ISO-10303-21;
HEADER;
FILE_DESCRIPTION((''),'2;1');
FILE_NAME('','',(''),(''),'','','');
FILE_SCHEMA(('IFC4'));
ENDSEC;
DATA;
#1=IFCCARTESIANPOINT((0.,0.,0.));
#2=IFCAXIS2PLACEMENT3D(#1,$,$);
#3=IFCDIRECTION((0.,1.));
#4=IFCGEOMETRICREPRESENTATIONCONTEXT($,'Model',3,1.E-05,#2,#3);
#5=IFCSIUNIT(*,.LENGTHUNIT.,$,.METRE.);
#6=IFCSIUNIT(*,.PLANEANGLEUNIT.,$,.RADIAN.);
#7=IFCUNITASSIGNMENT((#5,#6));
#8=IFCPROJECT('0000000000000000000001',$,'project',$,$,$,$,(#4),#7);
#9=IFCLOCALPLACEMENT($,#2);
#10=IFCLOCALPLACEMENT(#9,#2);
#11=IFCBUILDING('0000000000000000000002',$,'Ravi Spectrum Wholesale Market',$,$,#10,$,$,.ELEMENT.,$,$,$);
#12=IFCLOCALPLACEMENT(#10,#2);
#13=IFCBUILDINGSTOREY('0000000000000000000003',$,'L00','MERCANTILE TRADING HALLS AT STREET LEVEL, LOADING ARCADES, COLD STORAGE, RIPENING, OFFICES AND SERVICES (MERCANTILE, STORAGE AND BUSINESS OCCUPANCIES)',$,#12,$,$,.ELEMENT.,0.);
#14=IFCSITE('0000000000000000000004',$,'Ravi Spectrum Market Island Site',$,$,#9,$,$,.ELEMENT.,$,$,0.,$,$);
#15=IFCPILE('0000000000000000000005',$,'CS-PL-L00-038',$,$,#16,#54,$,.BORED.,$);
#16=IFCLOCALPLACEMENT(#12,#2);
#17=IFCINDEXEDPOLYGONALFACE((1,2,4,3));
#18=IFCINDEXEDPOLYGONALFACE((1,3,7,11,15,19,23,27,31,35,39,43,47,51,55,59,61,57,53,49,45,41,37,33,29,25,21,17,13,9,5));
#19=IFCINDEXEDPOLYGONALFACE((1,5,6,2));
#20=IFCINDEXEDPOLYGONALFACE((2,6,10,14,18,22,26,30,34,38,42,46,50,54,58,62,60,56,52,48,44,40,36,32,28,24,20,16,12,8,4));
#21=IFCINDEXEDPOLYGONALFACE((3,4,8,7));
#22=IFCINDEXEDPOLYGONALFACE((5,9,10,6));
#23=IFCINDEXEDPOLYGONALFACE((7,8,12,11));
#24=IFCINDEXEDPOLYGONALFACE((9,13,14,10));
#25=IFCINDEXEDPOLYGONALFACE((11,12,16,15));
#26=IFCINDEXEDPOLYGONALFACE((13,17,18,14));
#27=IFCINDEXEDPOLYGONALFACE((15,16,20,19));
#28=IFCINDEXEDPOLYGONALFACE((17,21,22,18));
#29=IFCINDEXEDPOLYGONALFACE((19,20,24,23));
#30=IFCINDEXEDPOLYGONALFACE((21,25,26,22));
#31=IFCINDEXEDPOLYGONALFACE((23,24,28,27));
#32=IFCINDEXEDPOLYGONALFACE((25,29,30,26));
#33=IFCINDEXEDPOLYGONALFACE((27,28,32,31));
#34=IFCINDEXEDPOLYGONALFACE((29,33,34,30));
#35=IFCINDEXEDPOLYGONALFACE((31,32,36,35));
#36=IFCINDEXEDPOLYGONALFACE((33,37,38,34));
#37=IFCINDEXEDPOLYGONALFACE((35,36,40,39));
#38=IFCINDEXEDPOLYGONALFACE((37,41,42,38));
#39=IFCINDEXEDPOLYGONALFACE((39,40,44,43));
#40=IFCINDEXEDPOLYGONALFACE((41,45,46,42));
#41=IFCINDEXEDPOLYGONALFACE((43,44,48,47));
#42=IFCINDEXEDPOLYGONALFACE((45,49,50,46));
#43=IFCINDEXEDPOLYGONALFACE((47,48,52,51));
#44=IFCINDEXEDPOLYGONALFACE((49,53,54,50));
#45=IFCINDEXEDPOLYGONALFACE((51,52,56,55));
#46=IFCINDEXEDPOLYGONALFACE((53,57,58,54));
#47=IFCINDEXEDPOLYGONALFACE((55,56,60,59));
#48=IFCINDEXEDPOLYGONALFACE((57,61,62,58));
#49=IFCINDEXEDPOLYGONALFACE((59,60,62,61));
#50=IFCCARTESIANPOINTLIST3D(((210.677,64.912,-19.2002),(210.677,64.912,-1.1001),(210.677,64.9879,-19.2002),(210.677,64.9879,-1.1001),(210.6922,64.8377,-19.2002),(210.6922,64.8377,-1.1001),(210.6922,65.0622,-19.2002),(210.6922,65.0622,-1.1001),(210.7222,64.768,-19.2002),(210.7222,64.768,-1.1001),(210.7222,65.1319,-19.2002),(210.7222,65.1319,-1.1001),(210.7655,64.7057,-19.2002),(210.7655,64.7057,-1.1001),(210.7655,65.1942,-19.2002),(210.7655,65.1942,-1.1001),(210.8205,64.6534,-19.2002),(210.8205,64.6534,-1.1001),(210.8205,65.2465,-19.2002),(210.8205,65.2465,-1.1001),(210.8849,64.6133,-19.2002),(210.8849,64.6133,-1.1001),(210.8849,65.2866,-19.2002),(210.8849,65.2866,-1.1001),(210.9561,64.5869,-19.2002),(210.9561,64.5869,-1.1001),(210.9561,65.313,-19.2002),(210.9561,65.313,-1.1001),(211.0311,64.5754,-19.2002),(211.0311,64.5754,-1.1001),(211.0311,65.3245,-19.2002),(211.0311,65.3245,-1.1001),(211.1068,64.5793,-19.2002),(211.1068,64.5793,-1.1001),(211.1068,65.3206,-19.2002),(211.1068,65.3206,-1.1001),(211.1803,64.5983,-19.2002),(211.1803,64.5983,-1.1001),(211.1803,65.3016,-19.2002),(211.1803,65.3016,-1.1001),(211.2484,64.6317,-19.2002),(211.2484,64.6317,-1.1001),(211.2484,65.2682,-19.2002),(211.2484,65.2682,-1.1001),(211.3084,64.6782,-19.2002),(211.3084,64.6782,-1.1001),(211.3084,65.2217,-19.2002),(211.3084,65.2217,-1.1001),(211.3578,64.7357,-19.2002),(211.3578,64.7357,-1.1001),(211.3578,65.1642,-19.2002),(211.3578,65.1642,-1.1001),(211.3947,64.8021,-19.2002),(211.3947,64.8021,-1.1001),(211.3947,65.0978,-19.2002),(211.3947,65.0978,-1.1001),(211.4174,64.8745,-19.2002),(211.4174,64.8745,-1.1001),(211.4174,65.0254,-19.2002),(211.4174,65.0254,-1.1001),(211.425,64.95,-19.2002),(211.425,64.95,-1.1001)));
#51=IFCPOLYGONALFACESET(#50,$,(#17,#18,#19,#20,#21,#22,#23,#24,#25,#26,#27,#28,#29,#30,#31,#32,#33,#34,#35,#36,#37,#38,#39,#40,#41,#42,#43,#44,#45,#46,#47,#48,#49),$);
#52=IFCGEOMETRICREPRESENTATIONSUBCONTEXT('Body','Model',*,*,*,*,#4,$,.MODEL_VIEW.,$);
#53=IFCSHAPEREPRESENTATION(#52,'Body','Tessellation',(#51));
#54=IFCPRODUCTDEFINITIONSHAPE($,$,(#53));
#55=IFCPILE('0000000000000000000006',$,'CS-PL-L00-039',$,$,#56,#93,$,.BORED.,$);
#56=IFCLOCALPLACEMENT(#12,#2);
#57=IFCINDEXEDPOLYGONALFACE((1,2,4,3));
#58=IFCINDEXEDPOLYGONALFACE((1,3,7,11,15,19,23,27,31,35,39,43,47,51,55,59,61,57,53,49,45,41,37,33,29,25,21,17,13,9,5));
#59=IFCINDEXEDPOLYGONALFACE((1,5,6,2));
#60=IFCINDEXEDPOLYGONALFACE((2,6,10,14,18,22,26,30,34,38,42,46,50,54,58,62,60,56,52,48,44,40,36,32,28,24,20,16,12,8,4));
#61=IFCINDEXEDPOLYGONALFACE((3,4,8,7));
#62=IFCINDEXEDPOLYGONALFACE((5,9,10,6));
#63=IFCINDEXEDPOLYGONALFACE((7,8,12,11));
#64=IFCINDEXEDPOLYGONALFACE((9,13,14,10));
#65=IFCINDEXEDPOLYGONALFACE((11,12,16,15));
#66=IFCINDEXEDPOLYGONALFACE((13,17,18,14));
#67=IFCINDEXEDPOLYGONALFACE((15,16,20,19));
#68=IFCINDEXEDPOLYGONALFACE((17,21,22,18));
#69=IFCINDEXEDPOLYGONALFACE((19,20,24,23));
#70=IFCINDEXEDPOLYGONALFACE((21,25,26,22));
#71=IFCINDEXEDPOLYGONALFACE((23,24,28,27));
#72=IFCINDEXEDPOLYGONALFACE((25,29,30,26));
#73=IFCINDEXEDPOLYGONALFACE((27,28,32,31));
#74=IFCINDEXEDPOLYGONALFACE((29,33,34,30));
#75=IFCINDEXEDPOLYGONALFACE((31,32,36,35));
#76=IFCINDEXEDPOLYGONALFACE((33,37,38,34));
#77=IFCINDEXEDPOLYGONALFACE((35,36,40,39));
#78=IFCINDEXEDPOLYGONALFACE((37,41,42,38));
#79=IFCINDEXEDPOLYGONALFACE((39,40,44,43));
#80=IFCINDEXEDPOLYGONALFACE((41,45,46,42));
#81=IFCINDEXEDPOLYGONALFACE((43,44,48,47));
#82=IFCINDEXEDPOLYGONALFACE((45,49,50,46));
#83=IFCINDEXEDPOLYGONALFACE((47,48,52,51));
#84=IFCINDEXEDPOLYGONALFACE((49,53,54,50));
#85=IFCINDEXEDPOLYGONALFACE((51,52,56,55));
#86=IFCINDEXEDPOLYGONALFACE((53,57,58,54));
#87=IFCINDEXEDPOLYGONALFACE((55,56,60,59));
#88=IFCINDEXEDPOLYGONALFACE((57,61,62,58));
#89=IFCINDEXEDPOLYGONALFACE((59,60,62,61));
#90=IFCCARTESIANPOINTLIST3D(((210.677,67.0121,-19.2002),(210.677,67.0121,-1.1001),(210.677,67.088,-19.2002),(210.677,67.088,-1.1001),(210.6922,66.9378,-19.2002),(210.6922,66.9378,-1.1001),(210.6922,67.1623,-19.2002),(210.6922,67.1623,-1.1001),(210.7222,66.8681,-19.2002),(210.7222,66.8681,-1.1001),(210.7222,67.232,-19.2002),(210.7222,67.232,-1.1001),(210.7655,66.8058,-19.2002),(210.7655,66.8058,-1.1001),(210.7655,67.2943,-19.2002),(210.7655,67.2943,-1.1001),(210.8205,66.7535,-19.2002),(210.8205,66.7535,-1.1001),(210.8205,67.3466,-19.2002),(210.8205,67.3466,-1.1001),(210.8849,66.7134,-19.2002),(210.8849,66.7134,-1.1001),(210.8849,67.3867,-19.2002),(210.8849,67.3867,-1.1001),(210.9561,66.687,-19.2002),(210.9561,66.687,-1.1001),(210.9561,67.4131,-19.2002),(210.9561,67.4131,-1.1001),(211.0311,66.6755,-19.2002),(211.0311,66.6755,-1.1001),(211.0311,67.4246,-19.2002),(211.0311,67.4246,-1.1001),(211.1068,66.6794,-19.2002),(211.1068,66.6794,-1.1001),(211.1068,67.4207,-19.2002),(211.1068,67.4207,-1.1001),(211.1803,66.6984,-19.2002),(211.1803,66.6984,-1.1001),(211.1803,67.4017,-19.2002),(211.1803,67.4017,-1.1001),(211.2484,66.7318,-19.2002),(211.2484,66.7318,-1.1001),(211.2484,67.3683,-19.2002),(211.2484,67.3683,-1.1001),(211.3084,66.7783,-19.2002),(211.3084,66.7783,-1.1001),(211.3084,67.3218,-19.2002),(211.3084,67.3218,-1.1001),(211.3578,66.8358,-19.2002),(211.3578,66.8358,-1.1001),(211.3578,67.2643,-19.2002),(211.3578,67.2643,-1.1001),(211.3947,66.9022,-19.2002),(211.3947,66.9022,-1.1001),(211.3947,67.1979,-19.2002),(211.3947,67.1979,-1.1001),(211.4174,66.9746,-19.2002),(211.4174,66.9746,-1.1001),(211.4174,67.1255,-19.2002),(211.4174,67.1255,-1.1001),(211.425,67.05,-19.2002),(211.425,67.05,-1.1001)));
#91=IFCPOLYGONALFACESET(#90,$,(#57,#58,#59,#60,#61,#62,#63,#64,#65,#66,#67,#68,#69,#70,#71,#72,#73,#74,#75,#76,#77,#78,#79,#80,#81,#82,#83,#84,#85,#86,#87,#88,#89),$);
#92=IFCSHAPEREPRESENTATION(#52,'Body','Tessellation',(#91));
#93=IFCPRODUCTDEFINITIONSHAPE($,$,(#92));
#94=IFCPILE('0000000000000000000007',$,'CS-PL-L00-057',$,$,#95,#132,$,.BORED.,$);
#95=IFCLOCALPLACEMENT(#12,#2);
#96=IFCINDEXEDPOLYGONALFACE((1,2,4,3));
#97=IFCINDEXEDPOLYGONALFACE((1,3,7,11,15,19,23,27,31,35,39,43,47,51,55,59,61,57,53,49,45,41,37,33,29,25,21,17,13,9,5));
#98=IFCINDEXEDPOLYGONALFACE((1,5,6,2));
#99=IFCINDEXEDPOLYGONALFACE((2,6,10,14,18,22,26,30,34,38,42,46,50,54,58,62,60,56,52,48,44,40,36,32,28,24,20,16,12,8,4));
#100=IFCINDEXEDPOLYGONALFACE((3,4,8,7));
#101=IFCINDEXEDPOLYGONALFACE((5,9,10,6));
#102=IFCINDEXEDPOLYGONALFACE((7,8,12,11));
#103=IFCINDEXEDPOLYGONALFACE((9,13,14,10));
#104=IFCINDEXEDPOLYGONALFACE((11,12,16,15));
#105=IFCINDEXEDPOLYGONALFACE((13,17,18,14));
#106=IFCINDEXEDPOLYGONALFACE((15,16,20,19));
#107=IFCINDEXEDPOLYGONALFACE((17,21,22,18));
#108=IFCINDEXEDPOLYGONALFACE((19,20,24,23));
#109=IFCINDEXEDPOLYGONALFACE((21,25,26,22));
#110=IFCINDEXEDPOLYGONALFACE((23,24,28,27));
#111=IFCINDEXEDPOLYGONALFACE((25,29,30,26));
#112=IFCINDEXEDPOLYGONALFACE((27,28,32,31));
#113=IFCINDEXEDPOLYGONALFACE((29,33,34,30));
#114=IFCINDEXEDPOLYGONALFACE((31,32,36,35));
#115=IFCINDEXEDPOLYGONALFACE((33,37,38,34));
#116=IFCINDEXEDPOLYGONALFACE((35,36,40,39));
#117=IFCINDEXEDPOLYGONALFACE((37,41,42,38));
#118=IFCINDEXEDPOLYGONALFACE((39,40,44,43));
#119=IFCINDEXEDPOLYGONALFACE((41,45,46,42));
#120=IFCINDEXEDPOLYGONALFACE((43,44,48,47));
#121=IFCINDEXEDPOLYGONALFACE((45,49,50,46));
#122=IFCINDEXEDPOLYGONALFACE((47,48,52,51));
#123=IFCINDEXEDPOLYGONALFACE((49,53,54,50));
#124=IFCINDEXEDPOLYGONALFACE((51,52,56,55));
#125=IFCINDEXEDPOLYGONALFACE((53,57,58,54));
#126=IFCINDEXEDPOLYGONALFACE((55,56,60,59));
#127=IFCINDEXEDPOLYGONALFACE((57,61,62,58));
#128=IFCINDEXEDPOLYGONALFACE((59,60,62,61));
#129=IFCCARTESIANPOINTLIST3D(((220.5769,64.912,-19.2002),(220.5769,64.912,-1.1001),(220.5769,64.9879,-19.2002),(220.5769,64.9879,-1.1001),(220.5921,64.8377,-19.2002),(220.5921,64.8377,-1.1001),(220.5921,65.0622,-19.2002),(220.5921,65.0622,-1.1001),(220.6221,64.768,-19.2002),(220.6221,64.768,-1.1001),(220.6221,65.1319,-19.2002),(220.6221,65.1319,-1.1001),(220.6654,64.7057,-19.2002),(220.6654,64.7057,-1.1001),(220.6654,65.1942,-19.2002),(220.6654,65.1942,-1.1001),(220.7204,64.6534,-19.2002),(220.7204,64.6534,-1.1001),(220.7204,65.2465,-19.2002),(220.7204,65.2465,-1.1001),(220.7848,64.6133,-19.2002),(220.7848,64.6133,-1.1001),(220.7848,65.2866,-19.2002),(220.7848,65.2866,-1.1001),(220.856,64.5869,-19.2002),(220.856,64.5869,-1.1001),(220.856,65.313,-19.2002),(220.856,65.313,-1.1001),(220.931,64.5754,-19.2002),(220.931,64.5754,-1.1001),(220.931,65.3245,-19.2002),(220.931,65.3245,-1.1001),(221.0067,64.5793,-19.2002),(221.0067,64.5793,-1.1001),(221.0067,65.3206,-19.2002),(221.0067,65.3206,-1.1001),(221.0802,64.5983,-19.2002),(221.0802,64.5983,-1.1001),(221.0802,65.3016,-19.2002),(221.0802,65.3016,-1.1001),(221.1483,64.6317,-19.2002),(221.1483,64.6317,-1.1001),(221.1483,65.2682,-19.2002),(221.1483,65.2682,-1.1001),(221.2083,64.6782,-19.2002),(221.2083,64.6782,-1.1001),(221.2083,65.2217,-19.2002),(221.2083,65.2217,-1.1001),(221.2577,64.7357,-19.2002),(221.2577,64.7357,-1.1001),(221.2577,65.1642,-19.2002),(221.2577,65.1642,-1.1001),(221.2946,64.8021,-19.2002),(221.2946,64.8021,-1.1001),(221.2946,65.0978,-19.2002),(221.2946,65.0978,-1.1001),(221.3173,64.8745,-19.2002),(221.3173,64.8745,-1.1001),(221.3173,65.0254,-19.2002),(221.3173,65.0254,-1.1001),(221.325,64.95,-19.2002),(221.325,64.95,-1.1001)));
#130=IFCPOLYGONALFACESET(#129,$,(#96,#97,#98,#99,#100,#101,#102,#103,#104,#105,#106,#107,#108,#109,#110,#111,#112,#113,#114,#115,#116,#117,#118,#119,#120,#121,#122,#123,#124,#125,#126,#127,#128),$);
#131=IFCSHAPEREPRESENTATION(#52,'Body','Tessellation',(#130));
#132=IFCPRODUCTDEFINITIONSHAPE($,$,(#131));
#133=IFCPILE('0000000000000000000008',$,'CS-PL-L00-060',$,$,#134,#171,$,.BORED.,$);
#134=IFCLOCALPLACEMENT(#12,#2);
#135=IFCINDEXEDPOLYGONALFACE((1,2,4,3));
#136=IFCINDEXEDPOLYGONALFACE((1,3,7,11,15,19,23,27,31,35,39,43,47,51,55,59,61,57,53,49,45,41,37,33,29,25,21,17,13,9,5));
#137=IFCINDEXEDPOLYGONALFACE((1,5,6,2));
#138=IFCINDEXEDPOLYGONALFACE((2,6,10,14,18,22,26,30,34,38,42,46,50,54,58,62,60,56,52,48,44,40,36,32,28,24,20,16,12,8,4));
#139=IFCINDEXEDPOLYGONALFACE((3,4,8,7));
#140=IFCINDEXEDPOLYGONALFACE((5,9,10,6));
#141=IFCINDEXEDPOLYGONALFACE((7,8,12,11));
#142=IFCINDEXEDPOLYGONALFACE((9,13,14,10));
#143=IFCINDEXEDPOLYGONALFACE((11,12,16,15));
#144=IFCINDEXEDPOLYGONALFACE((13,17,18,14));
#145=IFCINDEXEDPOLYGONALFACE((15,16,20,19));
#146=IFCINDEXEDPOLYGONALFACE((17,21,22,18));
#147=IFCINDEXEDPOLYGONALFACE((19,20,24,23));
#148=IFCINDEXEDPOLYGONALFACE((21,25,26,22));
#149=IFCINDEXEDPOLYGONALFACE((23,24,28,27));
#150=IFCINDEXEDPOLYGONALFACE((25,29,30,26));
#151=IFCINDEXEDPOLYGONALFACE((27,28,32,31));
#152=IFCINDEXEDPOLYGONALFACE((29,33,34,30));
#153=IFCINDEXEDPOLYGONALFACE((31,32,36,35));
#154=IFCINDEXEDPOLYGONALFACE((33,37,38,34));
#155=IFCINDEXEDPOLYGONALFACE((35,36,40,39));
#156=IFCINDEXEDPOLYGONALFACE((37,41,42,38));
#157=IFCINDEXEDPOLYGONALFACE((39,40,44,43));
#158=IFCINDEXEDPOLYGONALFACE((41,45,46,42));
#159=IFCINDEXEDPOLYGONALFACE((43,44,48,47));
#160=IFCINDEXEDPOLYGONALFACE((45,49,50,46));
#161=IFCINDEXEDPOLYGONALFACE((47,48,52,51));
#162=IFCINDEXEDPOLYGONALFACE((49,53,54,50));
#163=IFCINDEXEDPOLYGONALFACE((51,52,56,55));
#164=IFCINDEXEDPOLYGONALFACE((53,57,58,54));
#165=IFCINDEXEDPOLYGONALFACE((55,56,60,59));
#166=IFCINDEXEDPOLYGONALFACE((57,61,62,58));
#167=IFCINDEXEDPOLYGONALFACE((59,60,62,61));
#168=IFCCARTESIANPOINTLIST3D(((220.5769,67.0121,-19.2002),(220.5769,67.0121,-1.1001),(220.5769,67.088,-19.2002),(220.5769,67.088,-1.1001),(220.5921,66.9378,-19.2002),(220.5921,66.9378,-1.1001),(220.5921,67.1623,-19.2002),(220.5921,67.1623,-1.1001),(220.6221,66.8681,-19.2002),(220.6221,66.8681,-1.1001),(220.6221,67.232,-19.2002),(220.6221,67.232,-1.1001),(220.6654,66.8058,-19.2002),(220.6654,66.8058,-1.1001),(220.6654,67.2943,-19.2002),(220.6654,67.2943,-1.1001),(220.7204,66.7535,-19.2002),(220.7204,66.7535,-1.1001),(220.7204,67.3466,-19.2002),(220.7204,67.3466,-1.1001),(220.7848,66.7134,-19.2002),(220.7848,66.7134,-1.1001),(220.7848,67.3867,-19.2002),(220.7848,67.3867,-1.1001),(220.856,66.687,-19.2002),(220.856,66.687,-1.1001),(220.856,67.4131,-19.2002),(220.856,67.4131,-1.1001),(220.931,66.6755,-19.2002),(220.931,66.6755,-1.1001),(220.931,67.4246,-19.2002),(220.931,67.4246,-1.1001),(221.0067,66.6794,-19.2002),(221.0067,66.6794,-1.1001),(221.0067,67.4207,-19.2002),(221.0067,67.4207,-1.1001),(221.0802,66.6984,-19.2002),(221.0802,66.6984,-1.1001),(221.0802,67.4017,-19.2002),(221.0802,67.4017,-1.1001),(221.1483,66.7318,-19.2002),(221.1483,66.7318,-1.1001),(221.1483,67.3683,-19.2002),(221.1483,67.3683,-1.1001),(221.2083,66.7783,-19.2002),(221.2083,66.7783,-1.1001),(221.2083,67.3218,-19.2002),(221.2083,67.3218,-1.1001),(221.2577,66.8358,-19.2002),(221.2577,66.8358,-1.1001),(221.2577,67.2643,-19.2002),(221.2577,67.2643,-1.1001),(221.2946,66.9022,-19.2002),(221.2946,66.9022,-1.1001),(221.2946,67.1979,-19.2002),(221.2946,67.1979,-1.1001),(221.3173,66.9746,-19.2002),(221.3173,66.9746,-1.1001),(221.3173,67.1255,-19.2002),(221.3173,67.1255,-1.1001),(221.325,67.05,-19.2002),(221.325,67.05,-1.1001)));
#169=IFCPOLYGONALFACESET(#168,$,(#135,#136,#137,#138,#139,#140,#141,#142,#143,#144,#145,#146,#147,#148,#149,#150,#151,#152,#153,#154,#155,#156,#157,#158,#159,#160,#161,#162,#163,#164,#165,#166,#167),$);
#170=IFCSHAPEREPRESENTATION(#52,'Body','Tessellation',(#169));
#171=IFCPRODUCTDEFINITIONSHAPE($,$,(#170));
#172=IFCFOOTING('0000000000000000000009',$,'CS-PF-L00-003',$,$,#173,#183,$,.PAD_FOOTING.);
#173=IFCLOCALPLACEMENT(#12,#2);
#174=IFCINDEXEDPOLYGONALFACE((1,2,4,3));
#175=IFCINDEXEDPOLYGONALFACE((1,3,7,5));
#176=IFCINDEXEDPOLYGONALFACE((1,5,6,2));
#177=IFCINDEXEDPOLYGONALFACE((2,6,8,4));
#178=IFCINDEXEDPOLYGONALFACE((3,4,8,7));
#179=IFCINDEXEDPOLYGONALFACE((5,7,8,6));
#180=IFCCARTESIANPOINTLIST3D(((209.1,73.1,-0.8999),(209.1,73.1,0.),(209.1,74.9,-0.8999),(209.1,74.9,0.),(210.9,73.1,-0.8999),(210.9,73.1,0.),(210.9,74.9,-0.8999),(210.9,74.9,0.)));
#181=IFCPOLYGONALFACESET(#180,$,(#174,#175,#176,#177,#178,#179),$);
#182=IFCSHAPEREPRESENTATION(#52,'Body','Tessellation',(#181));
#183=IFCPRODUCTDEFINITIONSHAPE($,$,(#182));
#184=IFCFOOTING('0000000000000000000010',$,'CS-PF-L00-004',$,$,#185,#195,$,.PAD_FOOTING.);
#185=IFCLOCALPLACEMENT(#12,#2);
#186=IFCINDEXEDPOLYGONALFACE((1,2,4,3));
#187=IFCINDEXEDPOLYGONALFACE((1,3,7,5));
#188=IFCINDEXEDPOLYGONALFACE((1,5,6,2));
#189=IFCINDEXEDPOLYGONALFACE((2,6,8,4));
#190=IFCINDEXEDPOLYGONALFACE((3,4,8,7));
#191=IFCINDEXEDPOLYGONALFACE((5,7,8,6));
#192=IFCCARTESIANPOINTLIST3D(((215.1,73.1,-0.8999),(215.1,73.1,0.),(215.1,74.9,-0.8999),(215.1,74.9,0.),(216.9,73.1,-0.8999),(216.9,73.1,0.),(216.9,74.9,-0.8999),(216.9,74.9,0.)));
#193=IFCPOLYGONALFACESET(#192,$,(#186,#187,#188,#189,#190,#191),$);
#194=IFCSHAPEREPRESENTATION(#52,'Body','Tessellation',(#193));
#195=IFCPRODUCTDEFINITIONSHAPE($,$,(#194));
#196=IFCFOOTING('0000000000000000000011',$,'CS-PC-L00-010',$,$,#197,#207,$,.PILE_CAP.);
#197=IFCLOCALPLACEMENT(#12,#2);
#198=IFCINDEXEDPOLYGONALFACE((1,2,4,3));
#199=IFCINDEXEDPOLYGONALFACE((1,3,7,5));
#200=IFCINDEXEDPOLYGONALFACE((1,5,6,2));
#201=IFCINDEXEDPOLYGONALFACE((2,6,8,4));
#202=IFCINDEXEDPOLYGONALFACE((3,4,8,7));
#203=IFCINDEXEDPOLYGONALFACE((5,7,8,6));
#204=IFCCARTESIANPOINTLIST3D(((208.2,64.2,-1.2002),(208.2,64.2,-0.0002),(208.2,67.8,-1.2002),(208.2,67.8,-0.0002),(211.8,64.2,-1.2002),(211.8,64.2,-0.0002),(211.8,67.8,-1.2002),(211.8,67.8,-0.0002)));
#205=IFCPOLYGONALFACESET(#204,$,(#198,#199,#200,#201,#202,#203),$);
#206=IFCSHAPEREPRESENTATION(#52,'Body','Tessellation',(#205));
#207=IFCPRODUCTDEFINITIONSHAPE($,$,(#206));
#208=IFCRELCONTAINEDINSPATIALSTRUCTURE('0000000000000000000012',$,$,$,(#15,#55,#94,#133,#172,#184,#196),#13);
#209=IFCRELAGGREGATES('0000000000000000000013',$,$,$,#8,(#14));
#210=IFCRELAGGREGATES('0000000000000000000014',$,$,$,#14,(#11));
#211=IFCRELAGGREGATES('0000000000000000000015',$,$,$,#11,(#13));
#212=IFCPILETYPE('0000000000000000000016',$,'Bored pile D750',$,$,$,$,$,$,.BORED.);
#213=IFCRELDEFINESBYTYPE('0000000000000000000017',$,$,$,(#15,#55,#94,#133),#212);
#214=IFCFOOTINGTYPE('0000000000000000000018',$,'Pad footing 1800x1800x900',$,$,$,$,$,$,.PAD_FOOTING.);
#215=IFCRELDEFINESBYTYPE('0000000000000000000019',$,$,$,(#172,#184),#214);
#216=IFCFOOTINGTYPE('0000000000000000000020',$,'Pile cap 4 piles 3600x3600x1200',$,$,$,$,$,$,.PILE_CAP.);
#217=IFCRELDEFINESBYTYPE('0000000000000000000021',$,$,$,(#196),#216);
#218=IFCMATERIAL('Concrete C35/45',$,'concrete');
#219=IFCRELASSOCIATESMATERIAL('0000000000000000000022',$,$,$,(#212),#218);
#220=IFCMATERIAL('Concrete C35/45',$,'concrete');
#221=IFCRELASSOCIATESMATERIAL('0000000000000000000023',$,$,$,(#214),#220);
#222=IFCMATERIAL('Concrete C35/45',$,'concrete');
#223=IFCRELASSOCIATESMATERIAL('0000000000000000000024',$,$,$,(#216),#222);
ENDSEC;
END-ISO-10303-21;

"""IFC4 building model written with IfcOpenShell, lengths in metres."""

from ifc_helpers import new_model, si_unit, direction, frame, origin, origin_2d, place, context, subcontext, project, spatial, rectangle, circle, extrude, material, material_profile, profile_set, type_object, element, save


model = new_model("IFC4")

# Units and contexts
model_context = context("Model", 3, precision=1e-05, world=origin(), true_north=direction((0.0, 1.0)))
body_context = subcontext(model_context, "Body", "Model", "MODEL_VIEW")
ifc_project = project(units=[si_unit("LENGTHUNIT", "METRE"), si_unit("PLANEANGLEUNIT", "RADIAN")], contexts=[model_context])

# Site, building, storey
site_placement = place(None, origin())
site = spatial("IfcSite", under=ifc_project, at=site_placement, Name="Ravi Spectrum Market Island Site", CompositionType="ELEMENT", RefElevation=0.0)
building_placement = place(site_placement, origin())
building = spatial("IfcBuilding", under=site, at=building_placement, Name="Ravi Spectrum Wholesale Market", CompositionType="ELEMENT")
storey_placement = place(building_placement, origin())
storey = spatial("IfcBuildingStorey", under=building, at=storey_placement, Name="L00", Description="MERCANTILE TRADING HALLS AT STREET LEVEL, LOADING ARCADES, COLD STORAGE, RIPENING, OFFICES AND SERVICES (MERCANTILE, STORAGE AND BUSINESS OCCUPANCIES)", CompositionType="ELEMENT", Elevation=0.0)

# Piles
ifc_material_1 = material(Name="Concrete C35/45", Category="concrete")
ifc_material_profile_1 = material_profile(ifc_material_1, circle(Radius=0.375, at=origin_2d()))
ifc_profile_set_1 = profile_set([ifc_material_profile_1], Name="Concrete C35/45")
pile_type = type_object("IfcPileType", Name="Bored pile D750", PredefinedType="BORED", material=ifc_profile_set_1)
for number, where, z_axis, x_axis, name in (
    (1, (211.05, 64.95, -1.1001), (0.0, 0.0, -1.0), (1.0, 0.0, 0.0), "CS-PL-L00-038"),
    (2, (211.05, 67.05, -1.1001), (0.0, 0.0, -1.0), (1.0, 0.0, 0.0), "CS-PL-L00-039"),
    (3, (220.95, 64.95, -1.1001), (0.0, 0.0, -1.0), (1.0, 0.0, 0.0), "CS-PL-L00-057"),
    (4, (220.95, 67.05, -1.1001), (0.0, 0.0, -1.0), (1.0, 0.0, 0.0), "CS-PL-L00-060"),
):
    element("IfcPile", number, at=place(storey_placement, frame(where, z_axis=z_axis, x_axis=x_axis)), inside=storey, type_object=pile_type, Name=name, PredefinedType="BORED", context=body_context, shape_type="SweptSolid", body=[
        extrude(circle(Radius=0.375, at=origin_2d()), origin(), (0.0, 0.0, 1.0), 18.1001),
    ])

# Footings
ifc_material_2 = material(Name="Concrete C35/45", Category="concrete")
footing_type_1 = type_object("IfcFootingType", Name="Pad footing 1800x1800x900", PredefinedType="PAD_FOOTING", material=ifc_material_2)
for number, where, z_axis, x_axis, name in (
    (5, (210.0, 74.0, -0.8999), (0.0, 0.0, 1.0), (1.0, 0.0, 0.0), "CS-PF-L00-003"),
    (6, (216.0, 74.0, -0.8999), (0.0, 0.0, 1.0), (1.0, 0.0, 0.0), "CS-PF-L00-004"),
):
    element("IfcFooting", number, at=place(storey_placement, frame(where, z_axis=z_axis, x_axis=x_axis)), inside=storey, type_object=footing_type_1, Name=name, PredefinedType="PAD_FOOTING", context=body_context, shape_type="SweptSolid", body=[
        extrude(rectangle(XDim=1.8, YDim=1.8, at=origin_2d()), origin(), (0.0, 0.0, 1.0), 0.8999),
    ])
ifc_material_3 = material(Name="Concrete C35/45", Category="concrete")
footing_type_2 = type_object("IfcFootingType", Name="Pile cap 4 piles 3600x3600x1200", PredefinedType="PILE_CAP", material=ifc_material_3)
footing_placement = place(storey_placement, frame((210.0, 66.0, -1.2002), z_axis=(0.0, 0.0, 1.0), x_axis=(1.0, 0.0, 0.0)))
element("IfcFooting", 7, at=footing_placement, inside=storey, type_object=footing_type_2, Name="CS-PC-L00-010", PredefinedType="PILE_CAP", context=body_context, shape_type="SweptSolid", body=[
    extrude(rectangle(XDim=3.6001, YDim=3.6001, at=origin_2d()), origin(), (0.0, 0.0, 1.0), 1.2),
])

save(model, "model.ifc")
